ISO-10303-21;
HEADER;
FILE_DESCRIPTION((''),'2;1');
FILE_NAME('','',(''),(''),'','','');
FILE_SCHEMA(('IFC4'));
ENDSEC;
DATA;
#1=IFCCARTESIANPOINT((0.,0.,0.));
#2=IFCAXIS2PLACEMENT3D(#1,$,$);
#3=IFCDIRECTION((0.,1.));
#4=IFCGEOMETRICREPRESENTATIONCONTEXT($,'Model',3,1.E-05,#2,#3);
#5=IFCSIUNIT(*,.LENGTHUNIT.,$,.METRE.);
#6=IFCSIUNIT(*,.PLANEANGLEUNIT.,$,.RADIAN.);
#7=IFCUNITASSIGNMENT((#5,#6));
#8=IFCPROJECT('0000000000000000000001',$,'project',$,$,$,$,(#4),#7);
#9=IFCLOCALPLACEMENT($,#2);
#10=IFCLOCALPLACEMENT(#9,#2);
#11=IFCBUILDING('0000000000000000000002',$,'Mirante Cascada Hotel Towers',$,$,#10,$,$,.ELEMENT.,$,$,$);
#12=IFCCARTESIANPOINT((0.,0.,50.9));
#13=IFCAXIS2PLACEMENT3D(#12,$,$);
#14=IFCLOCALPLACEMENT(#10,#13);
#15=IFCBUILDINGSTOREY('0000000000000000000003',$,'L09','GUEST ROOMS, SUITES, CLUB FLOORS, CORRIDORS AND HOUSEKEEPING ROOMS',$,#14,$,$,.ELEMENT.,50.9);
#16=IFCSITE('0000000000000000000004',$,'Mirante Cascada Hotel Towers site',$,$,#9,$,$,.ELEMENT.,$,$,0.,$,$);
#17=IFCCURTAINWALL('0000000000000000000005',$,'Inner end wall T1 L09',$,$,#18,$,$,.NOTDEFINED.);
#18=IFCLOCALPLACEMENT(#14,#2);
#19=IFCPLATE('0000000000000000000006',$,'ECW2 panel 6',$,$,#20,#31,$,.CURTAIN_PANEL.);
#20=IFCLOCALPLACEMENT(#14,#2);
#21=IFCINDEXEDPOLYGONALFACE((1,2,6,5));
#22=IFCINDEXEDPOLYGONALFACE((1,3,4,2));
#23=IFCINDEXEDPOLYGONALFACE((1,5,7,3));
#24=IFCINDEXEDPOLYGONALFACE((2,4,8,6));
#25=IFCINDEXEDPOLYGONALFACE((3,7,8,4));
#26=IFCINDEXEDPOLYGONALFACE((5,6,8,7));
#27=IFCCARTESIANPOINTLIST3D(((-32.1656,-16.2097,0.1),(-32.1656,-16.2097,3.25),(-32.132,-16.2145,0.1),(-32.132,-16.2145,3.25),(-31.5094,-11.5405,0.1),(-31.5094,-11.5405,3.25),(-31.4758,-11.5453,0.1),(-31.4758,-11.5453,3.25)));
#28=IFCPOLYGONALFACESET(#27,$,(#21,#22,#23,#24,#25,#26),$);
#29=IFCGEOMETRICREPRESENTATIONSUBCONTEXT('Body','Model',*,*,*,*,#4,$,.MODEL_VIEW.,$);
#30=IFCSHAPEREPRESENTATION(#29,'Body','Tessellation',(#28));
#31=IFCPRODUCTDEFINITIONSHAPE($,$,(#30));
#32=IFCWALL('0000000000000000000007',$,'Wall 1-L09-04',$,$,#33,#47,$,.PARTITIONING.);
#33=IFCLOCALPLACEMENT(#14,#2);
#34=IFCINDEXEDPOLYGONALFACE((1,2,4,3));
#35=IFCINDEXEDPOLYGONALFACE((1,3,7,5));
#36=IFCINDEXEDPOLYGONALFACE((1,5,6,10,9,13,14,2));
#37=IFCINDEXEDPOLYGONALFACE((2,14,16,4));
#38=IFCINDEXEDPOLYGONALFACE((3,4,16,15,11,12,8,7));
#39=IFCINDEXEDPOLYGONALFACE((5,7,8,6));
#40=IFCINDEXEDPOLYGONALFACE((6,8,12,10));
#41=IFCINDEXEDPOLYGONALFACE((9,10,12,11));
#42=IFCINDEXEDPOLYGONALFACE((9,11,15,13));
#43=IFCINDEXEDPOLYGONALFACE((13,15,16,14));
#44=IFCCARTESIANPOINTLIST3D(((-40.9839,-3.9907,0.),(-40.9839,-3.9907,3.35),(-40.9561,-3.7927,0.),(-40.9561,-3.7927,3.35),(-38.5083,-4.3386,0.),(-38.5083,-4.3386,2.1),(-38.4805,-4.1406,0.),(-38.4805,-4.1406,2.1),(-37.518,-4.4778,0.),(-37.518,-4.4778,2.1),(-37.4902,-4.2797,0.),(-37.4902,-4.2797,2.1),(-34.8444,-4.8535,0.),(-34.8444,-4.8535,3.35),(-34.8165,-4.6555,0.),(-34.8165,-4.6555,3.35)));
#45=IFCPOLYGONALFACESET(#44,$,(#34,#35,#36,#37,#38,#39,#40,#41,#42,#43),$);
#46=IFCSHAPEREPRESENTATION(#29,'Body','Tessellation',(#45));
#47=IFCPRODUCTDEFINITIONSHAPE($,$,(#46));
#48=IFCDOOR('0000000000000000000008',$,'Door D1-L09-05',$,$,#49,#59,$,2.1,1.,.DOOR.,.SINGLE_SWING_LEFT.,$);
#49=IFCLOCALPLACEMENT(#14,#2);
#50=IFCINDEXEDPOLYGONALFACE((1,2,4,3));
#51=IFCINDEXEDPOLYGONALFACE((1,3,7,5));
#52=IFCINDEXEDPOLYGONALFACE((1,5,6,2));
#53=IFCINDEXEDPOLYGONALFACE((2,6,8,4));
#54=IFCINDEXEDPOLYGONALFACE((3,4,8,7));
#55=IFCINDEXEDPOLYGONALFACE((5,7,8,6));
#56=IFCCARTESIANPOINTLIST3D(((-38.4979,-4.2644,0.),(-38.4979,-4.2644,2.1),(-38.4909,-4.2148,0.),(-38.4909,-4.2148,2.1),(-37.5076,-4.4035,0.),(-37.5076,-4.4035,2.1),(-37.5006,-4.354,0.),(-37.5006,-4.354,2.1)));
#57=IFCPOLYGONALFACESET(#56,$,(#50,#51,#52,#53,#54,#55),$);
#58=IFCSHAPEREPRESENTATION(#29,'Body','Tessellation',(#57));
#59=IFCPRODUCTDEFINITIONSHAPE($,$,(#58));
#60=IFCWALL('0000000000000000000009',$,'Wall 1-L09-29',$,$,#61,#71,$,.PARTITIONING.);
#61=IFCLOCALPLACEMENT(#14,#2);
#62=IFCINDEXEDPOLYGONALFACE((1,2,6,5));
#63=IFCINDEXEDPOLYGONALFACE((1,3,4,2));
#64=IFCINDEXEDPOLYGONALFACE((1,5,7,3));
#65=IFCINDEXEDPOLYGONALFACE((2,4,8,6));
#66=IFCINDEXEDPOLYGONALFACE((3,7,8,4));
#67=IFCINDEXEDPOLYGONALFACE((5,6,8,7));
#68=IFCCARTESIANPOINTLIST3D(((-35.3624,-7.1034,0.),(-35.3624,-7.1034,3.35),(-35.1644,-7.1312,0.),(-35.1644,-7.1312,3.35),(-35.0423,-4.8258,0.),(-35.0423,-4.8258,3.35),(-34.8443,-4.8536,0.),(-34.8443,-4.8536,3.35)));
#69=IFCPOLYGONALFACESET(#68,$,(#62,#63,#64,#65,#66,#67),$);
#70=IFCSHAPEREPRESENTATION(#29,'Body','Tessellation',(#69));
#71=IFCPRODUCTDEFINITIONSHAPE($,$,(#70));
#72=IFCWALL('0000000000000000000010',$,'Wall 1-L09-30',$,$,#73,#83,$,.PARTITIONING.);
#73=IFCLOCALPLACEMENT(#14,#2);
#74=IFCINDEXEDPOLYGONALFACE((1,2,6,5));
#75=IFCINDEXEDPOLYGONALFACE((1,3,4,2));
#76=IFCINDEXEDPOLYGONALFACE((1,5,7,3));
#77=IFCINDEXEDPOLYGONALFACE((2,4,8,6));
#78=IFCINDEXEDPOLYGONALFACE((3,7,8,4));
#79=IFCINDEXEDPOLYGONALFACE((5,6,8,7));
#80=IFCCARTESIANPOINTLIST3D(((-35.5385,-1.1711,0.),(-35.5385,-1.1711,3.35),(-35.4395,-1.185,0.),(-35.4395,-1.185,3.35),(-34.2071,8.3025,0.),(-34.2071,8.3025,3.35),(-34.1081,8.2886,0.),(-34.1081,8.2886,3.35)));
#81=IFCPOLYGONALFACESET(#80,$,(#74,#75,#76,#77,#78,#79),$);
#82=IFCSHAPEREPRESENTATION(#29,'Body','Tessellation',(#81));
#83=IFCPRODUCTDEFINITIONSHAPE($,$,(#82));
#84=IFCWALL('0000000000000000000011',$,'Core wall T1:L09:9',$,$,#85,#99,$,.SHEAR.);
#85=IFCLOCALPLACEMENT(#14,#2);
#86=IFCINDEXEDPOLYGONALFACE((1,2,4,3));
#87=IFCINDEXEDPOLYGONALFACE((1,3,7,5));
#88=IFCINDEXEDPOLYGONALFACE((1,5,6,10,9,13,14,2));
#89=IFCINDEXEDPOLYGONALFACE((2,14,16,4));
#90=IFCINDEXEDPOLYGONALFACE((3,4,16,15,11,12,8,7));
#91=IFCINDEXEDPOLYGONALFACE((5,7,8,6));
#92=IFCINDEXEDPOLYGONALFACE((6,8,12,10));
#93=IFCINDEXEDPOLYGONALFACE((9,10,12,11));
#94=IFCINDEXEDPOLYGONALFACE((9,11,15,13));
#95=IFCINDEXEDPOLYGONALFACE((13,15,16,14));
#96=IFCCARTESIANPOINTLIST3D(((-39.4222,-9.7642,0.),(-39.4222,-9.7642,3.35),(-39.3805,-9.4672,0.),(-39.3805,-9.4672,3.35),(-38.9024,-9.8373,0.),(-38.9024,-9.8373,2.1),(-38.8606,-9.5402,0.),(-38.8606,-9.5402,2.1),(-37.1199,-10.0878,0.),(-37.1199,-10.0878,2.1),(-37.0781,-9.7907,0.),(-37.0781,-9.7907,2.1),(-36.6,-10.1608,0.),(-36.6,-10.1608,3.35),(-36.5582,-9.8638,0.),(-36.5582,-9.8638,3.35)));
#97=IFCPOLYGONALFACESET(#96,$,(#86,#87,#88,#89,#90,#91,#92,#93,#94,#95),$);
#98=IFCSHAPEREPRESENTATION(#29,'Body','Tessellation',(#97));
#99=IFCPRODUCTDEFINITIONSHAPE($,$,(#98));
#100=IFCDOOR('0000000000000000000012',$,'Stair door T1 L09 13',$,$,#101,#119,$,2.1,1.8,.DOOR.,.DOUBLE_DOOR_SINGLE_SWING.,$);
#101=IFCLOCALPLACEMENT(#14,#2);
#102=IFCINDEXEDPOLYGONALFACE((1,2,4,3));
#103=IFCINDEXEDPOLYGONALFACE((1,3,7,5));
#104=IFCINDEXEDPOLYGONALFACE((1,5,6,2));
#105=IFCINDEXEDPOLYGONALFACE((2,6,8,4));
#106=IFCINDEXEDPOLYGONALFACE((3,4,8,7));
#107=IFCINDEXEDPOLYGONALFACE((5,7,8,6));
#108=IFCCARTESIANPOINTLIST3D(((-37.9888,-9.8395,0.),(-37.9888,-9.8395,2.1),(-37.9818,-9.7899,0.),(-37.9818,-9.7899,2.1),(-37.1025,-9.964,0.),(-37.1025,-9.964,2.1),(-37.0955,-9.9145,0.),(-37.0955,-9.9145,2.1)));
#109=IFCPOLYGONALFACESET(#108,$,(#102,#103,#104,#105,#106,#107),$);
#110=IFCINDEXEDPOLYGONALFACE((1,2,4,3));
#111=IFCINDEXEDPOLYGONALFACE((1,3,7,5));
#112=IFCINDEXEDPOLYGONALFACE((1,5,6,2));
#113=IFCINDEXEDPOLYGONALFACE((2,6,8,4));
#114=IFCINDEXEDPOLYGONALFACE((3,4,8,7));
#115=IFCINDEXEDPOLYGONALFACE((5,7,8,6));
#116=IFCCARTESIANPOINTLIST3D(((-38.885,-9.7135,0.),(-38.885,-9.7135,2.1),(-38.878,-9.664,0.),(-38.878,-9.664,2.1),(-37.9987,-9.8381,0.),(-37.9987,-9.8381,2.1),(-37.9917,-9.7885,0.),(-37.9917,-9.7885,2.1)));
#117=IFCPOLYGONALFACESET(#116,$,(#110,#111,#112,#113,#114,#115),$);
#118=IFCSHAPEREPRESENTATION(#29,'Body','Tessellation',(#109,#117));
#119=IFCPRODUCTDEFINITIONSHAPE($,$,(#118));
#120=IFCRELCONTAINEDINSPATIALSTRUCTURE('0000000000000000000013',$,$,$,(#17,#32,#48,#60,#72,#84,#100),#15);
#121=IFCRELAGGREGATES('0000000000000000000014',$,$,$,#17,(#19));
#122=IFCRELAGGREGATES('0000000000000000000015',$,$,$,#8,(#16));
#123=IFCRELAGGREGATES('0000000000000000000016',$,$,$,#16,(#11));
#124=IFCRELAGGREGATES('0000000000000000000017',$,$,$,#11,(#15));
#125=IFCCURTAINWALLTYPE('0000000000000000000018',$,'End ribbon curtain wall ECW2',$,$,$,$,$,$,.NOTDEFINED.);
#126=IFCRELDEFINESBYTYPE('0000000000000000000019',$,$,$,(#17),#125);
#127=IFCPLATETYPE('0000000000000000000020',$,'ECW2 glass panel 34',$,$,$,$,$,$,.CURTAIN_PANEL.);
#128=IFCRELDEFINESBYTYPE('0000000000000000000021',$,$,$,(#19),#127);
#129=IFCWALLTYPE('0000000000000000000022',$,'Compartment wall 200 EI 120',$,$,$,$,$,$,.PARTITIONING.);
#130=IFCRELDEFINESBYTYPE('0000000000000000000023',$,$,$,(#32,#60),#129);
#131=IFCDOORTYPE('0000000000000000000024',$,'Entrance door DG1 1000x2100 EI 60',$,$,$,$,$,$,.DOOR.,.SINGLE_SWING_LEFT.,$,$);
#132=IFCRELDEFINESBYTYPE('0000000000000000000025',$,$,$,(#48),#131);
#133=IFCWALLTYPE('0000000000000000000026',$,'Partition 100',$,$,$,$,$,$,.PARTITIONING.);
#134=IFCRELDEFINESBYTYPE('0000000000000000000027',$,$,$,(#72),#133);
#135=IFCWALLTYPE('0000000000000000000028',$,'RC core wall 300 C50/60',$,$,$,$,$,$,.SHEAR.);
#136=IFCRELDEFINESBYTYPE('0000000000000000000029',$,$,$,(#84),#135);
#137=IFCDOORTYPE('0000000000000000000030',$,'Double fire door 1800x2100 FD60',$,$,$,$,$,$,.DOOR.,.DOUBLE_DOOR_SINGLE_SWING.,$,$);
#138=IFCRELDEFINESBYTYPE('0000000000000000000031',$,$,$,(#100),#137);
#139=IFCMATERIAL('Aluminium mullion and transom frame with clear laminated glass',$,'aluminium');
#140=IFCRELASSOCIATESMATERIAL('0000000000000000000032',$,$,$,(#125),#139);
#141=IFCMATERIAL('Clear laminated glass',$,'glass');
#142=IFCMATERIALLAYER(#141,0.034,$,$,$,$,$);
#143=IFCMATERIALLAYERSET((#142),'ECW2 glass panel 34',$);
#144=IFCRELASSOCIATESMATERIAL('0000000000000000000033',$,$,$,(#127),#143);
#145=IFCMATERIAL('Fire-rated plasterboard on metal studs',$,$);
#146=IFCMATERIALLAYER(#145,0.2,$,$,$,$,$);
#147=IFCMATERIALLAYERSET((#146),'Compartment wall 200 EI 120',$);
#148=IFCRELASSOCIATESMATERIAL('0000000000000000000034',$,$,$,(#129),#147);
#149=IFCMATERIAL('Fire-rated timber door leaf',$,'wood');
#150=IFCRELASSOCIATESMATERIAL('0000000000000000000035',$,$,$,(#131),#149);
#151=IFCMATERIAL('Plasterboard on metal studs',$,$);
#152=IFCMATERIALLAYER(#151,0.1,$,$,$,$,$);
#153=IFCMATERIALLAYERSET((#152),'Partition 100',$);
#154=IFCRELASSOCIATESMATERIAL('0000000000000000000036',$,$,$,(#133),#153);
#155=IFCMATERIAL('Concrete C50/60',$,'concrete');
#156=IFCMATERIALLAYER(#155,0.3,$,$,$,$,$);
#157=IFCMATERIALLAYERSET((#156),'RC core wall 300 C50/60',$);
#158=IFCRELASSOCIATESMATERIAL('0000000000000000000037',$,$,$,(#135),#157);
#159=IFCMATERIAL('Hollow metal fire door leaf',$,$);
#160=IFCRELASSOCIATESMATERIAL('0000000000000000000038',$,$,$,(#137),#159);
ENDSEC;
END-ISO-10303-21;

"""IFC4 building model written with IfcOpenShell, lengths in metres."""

from ifc_helpers import new_model, si_unit, direction, frame, frame_2d, origin, origin_2d, place, context, subcontext, project, spatial, rectangle, extrude, material, layer, layer_set, type_object, element, fill, aggregate, save


model = new_model("IFC4")

# Units and contexts
model_context = context("Model", 3, precision=1e-05, world=origin(), true_north=direction((0.0, 1.0)))
body_context = subcontext(model_context, "Body", "Model", "MODEL_VIEW")
ifc_project = project(units=[si_unit("LENGTHUNIT", "METRE"), si_unit("PLANEANGLEUNIT", "RADIAN")], contexts=[model_context])

# Site, building, storey
site_placement = place(None, origin())
site = spatial("IfcSite", under=ifc_project, at=site_placement, Name="Mirante Cascada Hotel Towers site", CompositionType="ELEMENT", RefElevation=0.0)
building_placement = place(site_placement, origin())
building = spatial("IfcBuilding", under=site, at=building_placement, Name="Mirante Cascada Hotel Towers", CompositionType="ELEMENT")
storey_placement = place(building_placement, frame((0.0, 0.0, 50.9)))
storey = spatial("IfcBuildingStorey", under=building, at=storey_placement, Name="L09", Description="GUEST ROOMS, SUITES, CLUB FLOORS, CORRIDORS AND HOUSEKEEPING ROOMS", CompositionType="ELEMENT", Elevation=50.9)

# Curtain wall, plate
ifc_material_1 = material(Name="Aluminium mullion and transom frame with clear laminated glass", Category="aluminium")
curtain_wall_type = type_object("IfcCurtainWallType", Name="End ribbon curtain wall ECW2", PredefinedType="NOTDEFINED", material=ifc_material_1)
curtain_wall_placement = place(storey_placement, origin())
curtain_wall = element("IfcCurtainWall", 1, at=curtain_wall_placement, inside=storey, type_object=curtain_wall_type, Name="Inner end wall T1 L09", PredefinedType="NOTDEFINED")
ifc_material_2 = material(Name="Clear laminated glass", Category="glass")
ifc_layer_1 = layer(ifc_material_2, 0.034)
ifc_layer_set_1 = layer_set([ifc_layer_1], Name="ECW2 glass panel 34")
plate_type = type_object("IfcPlateType", Name="ECW2 glass panel 34", PredefinedType="CURTAIN_PANEL", material=ifc_layer_set_1)
plate_placement = place(storey_placement, frame((-31.8207, -13.8775, 0.1), z_axis=(0.0, 0.0, 1.0), x_axis=(-0.139173, -0.990268, 0.0)))
plate = element("IfcPlate", 2, at=plate_placement, type_object=plate_type, Name="ECW2 panel 6", PredefinedType="CURTAIN_PANEL", context=body_context, shape_type="SweptSolid", body=[
    extrude(rectangle(XDim=4.7151, YDim=0.034, at=origin_2d()), origin(), (0.0, 0.0, 1.0), 3.15),
])
aggregate(curtain_wall, [plate])

# Wall, opening, door
ifc_material_3 = material(Name="Fire-rated plasterboard on metal studs")
ifc_layer_2 = layer(ifc_material_3, 0.2)
ifc_layer_set_2 = layer_set([ifc_layer_2], Name="Compartment wall 200 EI 120")
wall_type_1 = type_object("IfcWallType", Name="Compartment wall 200 EI 120", PredefinedType="PARTITIONING", material=ifc_layer_set_2)
wall_1_placement = place(storey_placement, frame((-34.8304, -4.7545, 0.0), z_axis=(0.0, 0.0, 1.0), x_axis=(-0.99027, 0.139163, 0.0)))
wall_1 = element("IfcWall", 3, at=wall_1_placement, inside=storey, type_object=wall_type_1, Name="Wall 1-L09-04", PredefinedType="PARTITIONING", context=body_context, shape_type="SweptSolid", body=[
    extrude(rectangle(XDim=6.1999, YDim=0.2, at=frame_2d((3.1, 0.0))), origin(), (0.0, 0.0, 1.0), 3.35),
])
opening_1_placement = place(wall_1_placement, frame((2.7, 0.0, 0.0)))
opening_1 = element("IfcOpeningElement", 4, at=opening_1_placement, cuts=wall_1, PredefinedType="OPENING", context=body_context, shape_type="SweptSolid", body=[
    extrude(rectangle(XDim=1.0, YDim=2.1, at=frame_2d((0.5, 1.05))), frame((0.0, 0.1, 0.0), z_axis=(0.0, -1.0, 0.0), x_axis=(1.0, 0.0, 0.0)), (0.0, 0.0, 1.0), 0.2),
])
ifc_material_4 = material(Name="Fire-rated timber door leaf", Category="wood")
door_type_1 = type_object("IfcDoorType", Name="Entrance door DG1 1000x2100 EI 60", OperationType="SINGLE_SWING_LEFT", PredefinedType="DOOR", material=ifc_material_4)
door_1_placement = place(opening_1_placement, origin())
door_1 = element("IfcDoor", 5, at=door_1_placement, inside=storey, type_object=door_type_1, Name="Door D1-L09-05", OperationType="SINGLE_SWING_LEFT", OverallHeight=2.1, OverallWidth=1.0, PredefinedType="DOOR", context=body_context, shape_type="SweptSolid", body=[
    extrude(rectangle(XDim=1.0, YDim=2.1, at=frame_2d((0.5, 1.05))), frame((0.0, 0.025, 0.0), z_axis=(0.0, -1.0, 0.0), x_axis=(1.0, 0.0, 0.0)), (0.0, 0.0, 1.0), 0.05),
])
fill(opening_1, door_1)

# Walls
wall_2_placement = place(storey_placement, frame((-34.9433, -4.8397, 0.0), z_axis=(0.0, 0.0, 1.0), x_axis=(-0.139175, -0.990268, 0.0)))
element("IfcWall", 6, at=wall_2_placement, inside=storey, type_object=wall_type_1, Name="Wall 1-L09-29", PredefinedType="PARTITIONING", context=body_context, shape_type="SweptSolid", body=[
    extrude(rectangle(XDim=2.3, YDim=0.2, at=frame_2d((1.15, 0.0))), origin(), (0.0, 0.0, 1.0), 3.35),
])
ifc_material_5 = material(Name="Plasterboard on metal studs")
ifc_layer_3 = layer(ifc_material_5, 0.1)
ifc_layer_set_3 = layer_set([ifc_layer_3], Name="Partition 100")
wall_type_2 = type_object("IfcWallType", Name="Partition 100", PredefinedType="PARTITIONING", material=ifc_layer_set_3)
wall_3_placement = place(storey_placement, frame((-35.489, -1.1781, 0.0), z_axis=(0.0, 0.0, 1.0), x_axis=(0.13917, 0.990268, 0.0)))
element("IfcWall", 7, at=wall_3_placement, inside=storey, type_object=wall_type_2, Name="Wall 1-L09-30", PredefinedType="PARTITIONING", context=body_context, shape_type="SweptSolid", body=[
    extrude(rectangle(XDim=9.5667, YDim=0.1, at=frame_2d((4.7834, 0.0))), origin(), (0.0, 0.0, 1.0), 3.35),
])

# Wall, opening, door
ifc_material_6 = material(Name="Concrete C50/60", Category="concrete")
ifc_layer_4 = layer(ifc_material_6, 0.3)
ifc_layer_set_4 = layer_set([ifc_layer_4], Name="RC core wall 300 C50/60")
wall_type_3 = type_object("IfcWallType", Name="RC core wall 300 C50/60", PredefinedType="SHEAR", material=ifc_layer_set_4)
wall_4_placement = place(storey_placement, frame((-36.5791, -10.0123, 0.0), z_axis=(0.0, 0.0, 1.0), x_axis=(-0.99027, 0.139156, 0.0)))
wall_4 = element("IfcWall", 8, at=wall_4_placement, inside=storey, type_object=wall_type_3, Name="Core wall T1:L09:9", PredefinedType="SHEAR", context=body_context, shape_type="SweptSolid", body=[
    extrude(rectangle(XDim=2.85, YDim=0.3, at=frame_2d((1.425, 0.0))), origin(), (0.0, 0.0, 1.0), 3.35),
])
opening_2_placement = place(wall_4_placement, frame((0.525, 0.0, 0.0)))
opening_2 = element("IfcOpeningElement", 9, at=opening_2_placement, cuts=wall_4, PredefinedType="OPENING", context=body_context, shape_type="SweptSolid", body=[
    extrude(rectangle(XDim=1.8, YDim=2.1, at=frame_2d((0.9, 1.05))), frame((0.0, 0.15, 0.0), z_axis=(0.0, -1.0, 0.0), x_axis=(1.0, 0.0, 0.0)), (0.0, 0.0, 1.0), 0.3),
])
ifc_material_7 = material(Name="Hollow metal fire door leaf")
door_type_2 = type_object("IfcDoorType", Name="Double fire door 1800x2100 FD60", OperationType="DOUBLE_DOOR_SINGLE_SWING", PredefinedType="DOOR", material=ifc_material_7)
door_2_placement = place(opening_2_placement, origin())
door_2 = element("IfcDoor", 10, at=door_2_placement, inside=storey, type_object=door_type_2, Name="Stair door T1 L09 13", OperationType="DOUBLE_DOOR_SINGLE_SWING", OverallHeight=2.1, OverallWidth=1.8, PredefinedType="DOOR", context=body_context, shape_type="SweptSolid", body=[
    extrude(rectangle(XDim=0.895, YDim=2.1, at=frame_2d((0.4475, 1.05))), frame((0.0, 0.025, 0.0), z_axis=(0.0, -1.0, 0.0), x_axis=(1.0, 0.0, 0.0)), (0.0, 0.0, 1.0), 0.05),
    extrude(rectangle(XDim=0.895, YDim=2.1, at=frame_2d((1.3525, 1.05))), frame((0.0, 0.025, 0.0), z_axis=(0.0, -1.0, 0.0), x_axis=(1.0, 0.0, 0.0)), (0.0, 0.0, 1.0), 0.05),
])
fill(opening_2, door_2)

save(model, "model.ifc")
